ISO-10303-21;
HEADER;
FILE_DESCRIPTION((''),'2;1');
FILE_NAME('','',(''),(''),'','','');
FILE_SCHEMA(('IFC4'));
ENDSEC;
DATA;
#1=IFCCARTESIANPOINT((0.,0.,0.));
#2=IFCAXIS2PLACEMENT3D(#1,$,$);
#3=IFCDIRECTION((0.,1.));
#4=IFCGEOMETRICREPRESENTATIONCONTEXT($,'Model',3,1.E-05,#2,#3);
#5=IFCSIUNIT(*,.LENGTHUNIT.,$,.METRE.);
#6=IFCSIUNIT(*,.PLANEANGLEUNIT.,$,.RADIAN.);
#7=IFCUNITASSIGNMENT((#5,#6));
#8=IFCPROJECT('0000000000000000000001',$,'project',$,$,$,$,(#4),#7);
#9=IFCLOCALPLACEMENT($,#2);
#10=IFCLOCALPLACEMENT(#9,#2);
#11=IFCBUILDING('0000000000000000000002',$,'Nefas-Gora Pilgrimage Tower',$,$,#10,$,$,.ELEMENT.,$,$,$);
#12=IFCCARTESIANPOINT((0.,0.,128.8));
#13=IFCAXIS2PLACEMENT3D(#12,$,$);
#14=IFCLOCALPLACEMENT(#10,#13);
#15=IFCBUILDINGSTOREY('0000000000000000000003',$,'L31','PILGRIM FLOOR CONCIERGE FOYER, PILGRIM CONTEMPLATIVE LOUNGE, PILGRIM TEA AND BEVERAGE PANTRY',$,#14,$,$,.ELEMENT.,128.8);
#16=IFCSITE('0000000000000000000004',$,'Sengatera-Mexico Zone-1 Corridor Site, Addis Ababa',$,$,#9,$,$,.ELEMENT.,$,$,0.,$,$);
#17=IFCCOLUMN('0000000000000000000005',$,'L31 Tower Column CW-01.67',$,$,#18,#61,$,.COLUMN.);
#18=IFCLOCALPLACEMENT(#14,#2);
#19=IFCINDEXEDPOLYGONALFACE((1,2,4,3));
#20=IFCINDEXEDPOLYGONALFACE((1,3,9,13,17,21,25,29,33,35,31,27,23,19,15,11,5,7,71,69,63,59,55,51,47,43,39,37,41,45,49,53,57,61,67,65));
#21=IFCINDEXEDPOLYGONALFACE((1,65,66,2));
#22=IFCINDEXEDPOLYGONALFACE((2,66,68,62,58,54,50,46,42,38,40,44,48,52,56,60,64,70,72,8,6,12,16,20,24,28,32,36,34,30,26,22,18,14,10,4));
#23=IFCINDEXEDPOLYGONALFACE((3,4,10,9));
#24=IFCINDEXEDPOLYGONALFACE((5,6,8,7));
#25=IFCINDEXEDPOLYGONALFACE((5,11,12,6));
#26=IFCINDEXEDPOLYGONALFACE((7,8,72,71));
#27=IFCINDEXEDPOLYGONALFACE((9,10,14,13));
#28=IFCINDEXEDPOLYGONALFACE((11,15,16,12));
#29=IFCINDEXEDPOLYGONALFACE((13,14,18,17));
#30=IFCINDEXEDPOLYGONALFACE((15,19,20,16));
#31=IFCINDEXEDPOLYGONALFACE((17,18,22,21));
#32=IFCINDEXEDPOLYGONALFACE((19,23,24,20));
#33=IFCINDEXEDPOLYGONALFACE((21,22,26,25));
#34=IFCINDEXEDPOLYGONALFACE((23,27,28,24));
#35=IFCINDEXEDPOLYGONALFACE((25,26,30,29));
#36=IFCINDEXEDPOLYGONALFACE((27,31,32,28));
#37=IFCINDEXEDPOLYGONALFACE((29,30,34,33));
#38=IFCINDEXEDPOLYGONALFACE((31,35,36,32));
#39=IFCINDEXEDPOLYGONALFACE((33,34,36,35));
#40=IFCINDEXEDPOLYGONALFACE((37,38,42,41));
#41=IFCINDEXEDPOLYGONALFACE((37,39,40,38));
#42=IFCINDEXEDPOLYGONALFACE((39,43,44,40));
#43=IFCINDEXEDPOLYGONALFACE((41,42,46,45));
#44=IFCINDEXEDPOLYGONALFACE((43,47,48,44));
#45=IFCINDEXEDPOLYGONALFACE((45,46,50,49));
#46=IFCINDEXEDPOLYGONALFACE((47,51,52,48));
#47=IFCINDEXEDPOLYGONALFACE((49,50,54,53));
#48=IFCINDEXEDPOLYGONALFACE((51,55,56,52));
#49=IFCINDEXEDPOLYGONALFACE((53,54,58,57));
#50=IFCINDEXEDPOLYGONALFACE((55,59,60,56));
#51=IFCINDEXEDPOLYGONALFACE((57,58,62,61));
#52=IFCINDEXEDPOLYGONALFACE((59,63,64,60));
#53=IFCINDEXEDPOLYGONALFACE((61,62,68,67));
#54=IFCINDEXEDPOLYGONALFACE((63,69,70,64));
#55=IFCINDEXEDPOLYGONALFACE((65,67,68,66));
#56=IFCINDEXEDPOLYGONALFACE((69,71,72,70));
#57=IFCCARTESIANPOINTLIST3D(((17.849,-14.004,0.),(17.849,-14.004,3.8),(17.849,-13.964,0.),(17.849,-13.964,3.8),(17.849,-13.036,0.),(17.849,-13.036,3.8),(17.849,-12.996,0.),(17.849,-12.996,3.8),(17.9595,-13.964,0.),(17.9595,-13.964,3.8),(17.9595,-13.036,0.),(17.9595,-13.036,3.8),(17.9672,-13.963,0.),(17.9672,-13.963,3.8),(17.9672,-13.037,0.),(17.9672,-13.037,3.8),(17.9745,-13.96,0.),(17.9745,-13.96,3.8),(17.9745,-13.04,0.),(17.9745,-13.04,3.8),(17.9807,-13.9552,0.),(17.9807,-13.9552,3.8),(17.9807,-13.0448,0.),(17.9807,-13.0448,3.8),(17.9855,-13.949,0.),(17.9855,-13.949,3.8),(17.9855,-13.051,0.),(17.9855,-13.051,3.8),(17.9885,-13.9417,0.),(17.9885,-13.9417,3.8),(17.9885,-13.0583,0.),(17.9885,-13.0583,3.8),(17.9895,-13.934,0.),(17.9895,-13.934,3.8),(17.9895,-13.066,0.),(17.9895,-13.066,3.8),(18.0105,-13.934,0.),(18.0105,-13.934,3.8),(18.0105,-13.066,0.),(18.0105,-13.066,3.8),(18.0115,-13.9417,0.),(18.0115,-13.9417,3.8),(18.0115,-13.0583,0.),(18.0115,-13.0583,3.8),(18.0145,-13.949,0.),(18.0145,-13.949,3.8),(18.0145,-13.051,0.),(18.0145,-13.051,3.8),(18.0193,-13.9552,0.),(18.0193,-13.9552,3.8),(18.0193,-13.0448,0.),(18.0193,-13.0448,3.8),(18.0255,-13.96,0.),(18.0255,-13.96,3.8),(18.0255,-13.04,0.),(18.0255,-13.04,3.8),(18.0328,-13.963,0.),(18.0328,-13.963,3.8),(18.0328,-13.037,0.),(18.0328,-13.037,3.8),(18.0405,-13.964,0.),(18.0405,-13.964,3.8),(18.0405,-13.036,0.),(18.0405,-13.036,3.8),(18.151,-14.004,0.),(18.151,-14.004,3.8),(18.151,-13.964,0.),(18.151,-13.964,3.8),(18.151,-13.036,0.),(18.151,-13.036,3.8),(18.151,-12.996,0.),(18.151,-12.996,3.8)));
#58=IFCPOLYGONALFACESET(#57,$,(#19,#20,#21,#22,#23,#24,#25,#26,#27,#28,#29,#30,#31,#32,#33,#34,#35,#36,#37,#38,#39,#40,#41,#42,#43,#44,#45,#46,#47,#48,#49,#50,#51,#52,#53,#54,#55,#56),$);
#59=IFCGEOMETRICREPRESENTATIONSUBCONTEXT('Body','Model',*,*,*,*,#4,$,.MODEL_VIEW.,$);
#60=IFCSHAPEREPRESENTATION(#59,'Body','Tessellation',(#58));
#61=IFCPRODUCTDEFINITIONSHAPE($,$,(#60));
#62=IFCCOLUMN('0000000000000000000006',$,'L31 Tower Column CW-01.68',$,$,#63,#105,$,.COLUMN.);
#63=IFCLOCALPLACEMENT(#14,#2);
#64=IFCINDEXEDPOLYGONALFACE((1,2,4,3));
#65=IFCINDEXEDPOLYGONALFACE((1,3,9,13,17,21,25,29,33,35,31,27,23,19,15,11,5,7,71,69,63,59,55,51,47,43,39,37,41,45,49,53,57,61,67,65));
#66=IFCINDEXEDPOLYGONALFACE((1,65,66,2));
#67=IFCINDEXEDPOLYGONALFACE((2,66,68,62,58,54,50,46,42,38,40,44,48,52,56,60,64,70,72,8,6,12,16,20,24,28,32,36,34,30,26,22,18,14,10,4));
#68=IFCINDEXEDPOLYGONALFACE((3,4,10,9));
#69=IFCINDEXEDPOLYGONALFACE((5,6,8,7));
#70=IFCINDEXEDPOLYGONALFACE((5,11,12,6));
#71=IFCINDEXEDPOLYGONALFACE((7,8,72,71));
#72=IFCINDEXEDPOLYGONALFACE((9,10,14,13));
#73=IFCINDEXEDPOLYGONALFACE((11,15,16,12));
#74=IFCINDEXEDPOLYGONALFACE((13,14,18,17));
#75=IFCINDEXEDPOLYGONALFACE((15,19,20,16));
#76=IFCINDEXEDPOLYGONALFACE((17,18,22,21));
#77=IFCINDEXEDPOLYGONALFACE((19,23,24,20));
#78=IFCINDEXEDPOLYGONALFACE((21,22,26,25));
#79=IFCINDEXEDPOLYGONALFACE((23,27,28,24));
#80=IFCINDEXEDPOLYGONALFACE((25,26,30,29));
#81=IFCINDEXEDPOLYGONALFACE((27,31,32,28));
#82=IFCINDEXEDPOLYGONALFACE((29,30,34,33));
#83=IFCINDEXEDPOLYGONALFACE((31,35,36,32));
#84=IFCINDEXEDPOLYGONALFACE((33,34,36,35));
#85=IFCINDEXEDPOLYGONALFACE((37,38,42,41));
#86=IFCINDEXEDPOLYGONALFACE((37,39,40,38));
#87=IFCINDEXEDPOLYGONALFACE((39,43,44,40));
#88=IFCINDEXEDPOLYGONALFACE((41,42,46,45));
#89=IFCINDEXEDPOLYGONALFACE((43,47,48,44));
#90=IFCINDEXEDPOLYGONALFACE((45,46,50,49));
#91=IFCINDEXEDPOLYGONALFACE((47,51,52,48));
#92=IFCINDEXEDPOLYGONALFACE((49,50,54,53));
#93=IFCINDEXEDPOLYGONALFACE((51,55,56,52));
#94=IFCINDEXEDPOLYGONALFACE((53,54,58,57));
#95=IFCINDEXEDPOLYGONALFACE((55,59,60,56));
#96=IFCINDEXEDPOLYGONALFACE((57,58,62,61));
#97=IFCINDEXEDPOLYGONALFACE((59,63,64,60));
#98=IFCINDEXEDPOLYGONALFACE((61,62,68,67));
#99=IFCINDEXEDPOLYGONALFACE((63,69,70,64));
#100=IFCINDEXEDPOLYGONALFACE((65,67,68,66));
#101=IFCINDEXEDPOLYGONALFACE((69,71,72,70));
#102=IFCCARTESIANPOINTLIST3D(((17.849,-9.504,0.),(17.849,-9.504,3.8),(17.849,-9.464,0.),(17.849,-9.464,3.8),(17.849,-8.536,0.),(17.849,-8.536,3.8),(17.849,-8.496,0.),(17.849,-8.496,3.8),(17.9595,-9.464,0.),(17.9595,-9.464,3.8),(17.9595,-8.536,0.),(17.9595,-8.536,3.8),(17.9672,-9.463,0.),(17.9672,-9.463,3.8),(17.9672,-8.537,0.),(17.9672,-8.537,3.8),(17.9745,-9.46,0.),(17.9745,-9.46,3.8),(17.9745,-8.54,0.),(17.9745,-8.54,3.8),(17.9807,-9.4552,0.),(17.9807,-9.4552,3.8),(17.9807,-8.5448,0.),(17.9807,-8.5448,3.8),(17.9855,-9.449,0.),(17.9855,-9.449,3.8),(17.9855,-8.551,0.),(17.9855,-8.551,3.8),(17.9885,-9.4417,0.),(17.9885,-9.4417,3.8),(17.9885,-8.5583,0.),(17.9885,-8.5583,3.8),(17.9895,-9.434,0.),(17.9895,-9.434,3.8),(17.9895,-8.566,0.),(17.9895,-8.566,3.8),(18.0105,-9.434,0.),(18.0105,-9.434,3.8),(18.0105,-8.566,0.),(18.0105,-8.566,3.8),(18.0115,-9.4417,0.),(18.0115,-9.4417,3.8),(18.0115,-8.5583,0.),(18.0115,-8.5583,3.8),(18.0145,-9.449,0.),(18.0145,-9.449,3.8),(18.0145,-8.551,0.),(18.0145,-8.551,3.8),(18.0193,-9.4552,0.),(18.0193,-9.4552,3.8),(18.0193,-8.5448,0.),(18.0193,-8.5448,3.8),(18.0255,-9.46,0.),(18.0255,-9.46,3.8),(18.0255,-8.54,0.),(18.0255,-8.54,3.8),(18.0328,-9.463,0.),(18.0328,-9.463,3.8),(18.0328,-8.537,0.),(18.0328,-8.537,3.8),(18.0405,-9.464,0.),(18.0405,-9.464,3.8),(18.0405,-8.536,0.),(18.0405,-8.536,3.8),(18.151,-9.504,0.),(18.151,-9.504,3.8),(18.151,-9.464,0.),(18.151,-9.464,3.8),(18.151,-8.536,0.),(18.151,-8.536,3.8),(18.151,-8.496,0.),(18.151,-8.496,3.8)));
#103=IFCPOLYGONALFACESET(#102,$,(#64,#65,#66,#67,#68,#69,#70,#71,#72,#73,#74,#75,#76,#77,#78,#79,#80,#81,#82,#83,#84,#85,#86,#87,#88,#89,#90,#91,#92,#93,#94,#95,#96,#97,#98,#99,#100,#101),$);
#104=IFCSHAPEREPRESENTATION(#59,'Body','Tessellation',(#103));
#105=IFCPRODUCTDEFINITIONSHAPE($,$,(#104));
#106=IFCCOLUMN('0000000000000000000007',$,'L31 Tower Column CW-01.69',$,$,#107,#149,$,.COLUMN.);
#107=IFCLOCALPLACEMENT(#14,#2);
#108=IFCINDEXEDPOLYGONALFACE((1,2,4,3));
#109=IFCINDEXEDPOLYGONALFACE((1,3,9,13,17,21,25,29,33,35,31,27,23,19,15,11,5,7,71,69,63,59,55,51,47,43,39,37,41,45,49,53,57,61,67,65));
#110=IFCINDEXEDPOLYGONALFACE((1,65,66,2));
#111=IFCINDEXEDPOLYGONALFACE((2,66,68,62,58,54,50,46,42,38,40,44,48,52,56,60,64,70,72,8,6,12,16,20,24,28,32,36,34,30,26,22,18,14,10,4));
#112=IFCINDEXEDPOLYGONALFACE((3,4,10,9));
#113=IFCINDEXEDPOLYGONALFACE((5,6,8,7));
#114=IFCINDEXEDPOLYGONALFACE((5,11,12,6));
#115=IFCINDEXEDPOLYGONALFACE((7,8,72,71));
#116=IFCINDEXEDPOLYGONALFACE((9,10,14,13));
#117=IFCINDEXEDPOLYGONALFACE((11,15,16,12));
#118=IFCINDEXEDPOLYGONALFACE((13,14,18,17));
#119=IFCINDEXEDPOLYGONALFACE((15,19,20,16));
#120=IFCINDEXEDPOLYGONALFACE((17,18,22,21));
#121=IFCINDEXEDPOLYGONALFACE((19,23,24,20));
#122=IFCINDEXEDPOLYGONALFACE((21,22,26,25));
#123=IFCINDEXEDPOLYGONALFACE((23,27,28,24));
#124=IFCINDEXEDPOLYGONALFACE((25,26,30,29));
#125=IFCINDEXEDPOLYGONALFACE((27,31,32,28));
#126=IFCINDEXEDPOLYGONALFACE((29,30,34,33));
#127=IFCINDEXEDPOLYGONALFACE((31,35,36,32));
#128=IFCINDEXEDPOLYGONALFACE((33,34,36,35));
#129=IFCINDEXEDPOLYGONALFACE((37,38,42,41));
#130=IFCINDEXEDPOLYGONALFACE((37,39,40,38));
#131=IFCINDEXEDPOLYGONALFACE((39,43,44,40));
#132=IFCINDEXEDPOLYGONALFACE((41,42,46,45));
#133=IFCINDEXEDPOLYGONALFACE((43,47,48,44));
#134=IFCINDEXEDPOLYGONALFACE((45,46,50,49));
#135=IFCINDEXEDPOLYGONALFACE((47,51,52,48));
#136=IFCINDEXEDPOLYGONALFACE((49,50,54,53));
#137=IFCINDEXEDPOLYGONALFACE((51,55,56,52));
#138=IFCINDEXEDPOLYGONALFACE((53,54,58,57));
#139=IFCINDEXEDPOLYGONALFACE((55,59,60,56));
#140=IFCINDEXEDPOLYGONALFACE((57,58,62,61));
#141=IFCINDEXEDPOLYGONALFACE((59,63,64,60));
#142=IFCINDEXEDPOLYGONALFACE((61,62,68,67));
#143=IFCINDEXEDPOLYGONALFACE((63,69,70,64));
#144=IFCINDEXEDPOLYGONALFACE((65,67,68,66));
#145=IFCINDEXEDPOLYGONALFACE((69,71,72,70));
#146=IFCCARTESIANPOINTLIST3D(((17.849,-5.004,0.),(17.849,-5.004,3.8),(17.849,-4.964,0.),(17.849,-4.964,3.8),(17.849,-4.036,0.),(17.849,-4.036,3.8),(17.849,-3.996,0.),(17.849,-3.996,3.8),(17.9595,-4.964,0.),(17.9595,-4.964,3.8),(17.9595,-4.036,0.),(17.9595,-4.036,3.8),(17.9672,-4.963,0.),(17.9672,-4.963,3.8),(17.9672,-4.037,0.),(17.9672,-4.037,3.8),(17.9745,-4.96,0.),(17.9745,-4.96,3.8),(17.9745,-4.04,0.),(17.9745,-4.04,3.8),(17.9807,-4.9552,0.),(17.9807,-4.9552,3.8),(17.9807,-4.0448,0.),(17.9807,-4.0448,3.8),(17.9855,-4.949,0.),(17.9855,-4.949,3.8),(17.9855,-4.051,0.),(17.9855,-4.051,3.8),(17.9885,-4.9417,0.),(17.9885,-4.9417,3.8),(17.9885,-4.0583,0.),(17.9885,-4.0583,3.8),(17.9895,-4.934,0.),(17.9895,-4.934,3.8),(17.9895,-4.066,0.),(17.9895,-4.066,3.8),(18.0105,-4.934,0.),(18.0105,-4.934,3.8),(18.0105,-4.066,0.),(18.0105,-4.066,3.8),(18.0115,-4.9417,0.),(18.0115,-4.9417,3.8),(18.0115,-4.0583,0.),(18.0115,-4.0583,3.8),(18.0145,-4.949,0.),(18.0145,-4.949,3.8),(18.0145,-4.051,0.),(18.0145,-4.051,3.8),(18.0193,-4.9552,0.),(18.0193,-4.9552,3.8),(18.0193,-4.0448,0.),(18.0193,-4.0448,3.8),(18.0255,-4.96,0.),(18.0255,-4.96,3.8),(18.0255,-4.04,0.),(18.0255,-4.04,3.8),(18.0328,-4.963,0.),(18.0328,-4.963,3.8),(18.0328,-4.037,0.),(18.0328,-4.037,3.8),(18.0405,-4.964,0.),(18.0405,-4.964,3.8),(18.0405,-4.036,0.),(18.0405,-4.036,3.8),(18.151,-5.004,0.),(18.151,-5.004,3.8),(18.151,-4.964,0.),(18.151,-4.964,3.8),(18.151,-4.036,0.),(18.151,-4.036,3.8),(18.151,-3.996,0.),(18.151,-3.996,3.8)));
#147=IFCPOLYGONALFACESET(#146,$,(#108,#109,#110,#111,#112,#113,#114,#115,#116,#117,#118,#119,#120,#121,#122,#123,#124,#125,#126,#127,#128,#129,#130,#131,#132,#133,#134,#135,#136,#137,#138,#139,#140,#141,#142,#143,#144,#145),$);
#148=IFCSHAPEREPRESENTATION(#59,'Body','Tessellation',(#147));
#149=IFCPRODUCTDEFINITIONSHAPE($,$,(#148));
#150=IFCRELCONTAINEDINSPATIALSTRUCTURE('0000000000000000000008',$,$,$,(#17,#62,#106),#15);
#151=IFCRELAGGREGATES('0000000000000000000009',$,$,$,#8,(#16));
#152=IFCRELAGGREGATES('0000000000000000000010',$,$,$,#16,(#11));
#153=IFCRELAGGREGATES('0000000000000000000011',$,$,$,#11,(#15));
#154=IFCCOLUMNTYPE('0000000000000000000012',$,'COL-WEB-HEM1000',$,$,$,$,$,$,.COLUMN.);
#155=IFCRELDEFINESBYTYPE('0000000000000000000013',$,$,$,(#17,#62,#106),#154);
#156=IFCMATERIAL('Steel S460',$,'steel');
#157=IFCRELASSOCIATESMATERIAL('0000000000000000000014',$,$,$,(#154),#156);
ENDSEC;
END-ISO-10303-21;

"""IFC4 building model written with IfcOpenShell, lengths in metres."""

from ifc_helpers import new_model, si_unit, direction, frame, origin, origin_2d, place, context, subcontext, project, spatial, i_section, extrude, source, transform, mapped, material, material_profile, profile_set, type_object, element, save


model = new_model("IFC4")

# Units and contexts
model_context = context("Model", 3, precision=1e-05, world=origin(), true_north=direction((0.0, 1.0)))
body_context = subcontext(model_context, "Body", "Model", "MODEL_VIEW")
ifc_project = project(units=[si_unit("LENGTHUNIT", "METRE"), si_unit("PLANEANGLEUNIT", "RADIAN")], contexts=[model_context])

# Site, building, storey
site_placement = place(None, origin())
site = spatial("IfcSite", under=ifc_project, at=site_placement, Name="Sengatera-Mexico Zone-1 Corridor Site, Addis Ababa", CompositionType="ELEMENT", RefElevation=0.0)
building_placement = place(site_placement, origin())
building = spatial("IfcBuilding", under=site, at=building_placement, Name="Nefas-Gora Pilgrimage Tower", CompositionType="ELEMENT")
storey_placement = place(building_placement, frame((0.0, 0.0, 128.8)))
storey = spatial("IfcBuildingStorey", under=building, at=storey_placement, Name="L31", Description="PILGRIM FLOOR CONCIERGE FOYER, PILGRIM CONTEMPLATIVE LOUNGE, PILGRIM TEA AND BEVERAGE PANTRY", CompositionType="ELEMENT", Elevation=128.8)

# Columns
ifc_material_1 = material(Name="Steel S460", Category="steel")
ifc_material_profile_1 = material_profile(ifc_material_1, i_section(OverallWidth=0.302, OverallDepth=1.0081, WebThickness=0.021, FlangeThickness=0.04, FilletRadius=0.03, at=origin_2d()), Name="HEM 1000")
ifc_profile_set_1 = profile_set([ifc_material_profile_1], Name="Steel S460")
column_type_1 = type_object("IfcColumnType", Name="COL-WEB-HEM1000", PredefinedType="COLUMN", material=ifc_profile_set_1)
shared_shape_1 = source(origin(), body_context, "Body", "SweptSolid", [
    extrude(i_section(OverallWidth=0.302, OverallDepth=1.0081, WebThickness=0.021, FlangeThickness=0.04, FilletRadius=0.03, at=origin_2d()), origin(), (0.0, 0.0, 1.0), 3.8),
])
for number, where, z_axis, x_axis, name in (
    (1, (18.0, -13.5, 0.0), (0.0, 0.0, 1.0), (1.0, 0.0, 0.0), "L31 Tower Column CW-01.67"),
    (2, (18.0, -9.0, 0.0), (0.0, 0.0, 1.0), (1.0, 0.0, 0.0), "L31 Tower Column CW-01.68"),
    (3, (18.0, -4.5, 0.0), (0.0, 0.0, 1.0), (1.0, 0.0, 0.0), "L31 Tower Column CW-01.69"),
):
    element("IfcColumn", number, at=place(storey_placement, frame(where, z_axis=z_axis, x_axis=x_axis)), inside=storey, type_object=column_type_1, Name=name, PredefinedType="COLUMN", context=body_context, shape_type="MappedRepresentation", body=[
        mapped(shared_shape_1, transform((0.0, 0.0, 0.0), x_axis=(1.0, 0.0, 0.0), y_axis=(0.0, 1.0, 0.0), z_axis=(0.0, 0.0, 1.0), scale=1.0)),
    ])

save(model, "model.ifc")
